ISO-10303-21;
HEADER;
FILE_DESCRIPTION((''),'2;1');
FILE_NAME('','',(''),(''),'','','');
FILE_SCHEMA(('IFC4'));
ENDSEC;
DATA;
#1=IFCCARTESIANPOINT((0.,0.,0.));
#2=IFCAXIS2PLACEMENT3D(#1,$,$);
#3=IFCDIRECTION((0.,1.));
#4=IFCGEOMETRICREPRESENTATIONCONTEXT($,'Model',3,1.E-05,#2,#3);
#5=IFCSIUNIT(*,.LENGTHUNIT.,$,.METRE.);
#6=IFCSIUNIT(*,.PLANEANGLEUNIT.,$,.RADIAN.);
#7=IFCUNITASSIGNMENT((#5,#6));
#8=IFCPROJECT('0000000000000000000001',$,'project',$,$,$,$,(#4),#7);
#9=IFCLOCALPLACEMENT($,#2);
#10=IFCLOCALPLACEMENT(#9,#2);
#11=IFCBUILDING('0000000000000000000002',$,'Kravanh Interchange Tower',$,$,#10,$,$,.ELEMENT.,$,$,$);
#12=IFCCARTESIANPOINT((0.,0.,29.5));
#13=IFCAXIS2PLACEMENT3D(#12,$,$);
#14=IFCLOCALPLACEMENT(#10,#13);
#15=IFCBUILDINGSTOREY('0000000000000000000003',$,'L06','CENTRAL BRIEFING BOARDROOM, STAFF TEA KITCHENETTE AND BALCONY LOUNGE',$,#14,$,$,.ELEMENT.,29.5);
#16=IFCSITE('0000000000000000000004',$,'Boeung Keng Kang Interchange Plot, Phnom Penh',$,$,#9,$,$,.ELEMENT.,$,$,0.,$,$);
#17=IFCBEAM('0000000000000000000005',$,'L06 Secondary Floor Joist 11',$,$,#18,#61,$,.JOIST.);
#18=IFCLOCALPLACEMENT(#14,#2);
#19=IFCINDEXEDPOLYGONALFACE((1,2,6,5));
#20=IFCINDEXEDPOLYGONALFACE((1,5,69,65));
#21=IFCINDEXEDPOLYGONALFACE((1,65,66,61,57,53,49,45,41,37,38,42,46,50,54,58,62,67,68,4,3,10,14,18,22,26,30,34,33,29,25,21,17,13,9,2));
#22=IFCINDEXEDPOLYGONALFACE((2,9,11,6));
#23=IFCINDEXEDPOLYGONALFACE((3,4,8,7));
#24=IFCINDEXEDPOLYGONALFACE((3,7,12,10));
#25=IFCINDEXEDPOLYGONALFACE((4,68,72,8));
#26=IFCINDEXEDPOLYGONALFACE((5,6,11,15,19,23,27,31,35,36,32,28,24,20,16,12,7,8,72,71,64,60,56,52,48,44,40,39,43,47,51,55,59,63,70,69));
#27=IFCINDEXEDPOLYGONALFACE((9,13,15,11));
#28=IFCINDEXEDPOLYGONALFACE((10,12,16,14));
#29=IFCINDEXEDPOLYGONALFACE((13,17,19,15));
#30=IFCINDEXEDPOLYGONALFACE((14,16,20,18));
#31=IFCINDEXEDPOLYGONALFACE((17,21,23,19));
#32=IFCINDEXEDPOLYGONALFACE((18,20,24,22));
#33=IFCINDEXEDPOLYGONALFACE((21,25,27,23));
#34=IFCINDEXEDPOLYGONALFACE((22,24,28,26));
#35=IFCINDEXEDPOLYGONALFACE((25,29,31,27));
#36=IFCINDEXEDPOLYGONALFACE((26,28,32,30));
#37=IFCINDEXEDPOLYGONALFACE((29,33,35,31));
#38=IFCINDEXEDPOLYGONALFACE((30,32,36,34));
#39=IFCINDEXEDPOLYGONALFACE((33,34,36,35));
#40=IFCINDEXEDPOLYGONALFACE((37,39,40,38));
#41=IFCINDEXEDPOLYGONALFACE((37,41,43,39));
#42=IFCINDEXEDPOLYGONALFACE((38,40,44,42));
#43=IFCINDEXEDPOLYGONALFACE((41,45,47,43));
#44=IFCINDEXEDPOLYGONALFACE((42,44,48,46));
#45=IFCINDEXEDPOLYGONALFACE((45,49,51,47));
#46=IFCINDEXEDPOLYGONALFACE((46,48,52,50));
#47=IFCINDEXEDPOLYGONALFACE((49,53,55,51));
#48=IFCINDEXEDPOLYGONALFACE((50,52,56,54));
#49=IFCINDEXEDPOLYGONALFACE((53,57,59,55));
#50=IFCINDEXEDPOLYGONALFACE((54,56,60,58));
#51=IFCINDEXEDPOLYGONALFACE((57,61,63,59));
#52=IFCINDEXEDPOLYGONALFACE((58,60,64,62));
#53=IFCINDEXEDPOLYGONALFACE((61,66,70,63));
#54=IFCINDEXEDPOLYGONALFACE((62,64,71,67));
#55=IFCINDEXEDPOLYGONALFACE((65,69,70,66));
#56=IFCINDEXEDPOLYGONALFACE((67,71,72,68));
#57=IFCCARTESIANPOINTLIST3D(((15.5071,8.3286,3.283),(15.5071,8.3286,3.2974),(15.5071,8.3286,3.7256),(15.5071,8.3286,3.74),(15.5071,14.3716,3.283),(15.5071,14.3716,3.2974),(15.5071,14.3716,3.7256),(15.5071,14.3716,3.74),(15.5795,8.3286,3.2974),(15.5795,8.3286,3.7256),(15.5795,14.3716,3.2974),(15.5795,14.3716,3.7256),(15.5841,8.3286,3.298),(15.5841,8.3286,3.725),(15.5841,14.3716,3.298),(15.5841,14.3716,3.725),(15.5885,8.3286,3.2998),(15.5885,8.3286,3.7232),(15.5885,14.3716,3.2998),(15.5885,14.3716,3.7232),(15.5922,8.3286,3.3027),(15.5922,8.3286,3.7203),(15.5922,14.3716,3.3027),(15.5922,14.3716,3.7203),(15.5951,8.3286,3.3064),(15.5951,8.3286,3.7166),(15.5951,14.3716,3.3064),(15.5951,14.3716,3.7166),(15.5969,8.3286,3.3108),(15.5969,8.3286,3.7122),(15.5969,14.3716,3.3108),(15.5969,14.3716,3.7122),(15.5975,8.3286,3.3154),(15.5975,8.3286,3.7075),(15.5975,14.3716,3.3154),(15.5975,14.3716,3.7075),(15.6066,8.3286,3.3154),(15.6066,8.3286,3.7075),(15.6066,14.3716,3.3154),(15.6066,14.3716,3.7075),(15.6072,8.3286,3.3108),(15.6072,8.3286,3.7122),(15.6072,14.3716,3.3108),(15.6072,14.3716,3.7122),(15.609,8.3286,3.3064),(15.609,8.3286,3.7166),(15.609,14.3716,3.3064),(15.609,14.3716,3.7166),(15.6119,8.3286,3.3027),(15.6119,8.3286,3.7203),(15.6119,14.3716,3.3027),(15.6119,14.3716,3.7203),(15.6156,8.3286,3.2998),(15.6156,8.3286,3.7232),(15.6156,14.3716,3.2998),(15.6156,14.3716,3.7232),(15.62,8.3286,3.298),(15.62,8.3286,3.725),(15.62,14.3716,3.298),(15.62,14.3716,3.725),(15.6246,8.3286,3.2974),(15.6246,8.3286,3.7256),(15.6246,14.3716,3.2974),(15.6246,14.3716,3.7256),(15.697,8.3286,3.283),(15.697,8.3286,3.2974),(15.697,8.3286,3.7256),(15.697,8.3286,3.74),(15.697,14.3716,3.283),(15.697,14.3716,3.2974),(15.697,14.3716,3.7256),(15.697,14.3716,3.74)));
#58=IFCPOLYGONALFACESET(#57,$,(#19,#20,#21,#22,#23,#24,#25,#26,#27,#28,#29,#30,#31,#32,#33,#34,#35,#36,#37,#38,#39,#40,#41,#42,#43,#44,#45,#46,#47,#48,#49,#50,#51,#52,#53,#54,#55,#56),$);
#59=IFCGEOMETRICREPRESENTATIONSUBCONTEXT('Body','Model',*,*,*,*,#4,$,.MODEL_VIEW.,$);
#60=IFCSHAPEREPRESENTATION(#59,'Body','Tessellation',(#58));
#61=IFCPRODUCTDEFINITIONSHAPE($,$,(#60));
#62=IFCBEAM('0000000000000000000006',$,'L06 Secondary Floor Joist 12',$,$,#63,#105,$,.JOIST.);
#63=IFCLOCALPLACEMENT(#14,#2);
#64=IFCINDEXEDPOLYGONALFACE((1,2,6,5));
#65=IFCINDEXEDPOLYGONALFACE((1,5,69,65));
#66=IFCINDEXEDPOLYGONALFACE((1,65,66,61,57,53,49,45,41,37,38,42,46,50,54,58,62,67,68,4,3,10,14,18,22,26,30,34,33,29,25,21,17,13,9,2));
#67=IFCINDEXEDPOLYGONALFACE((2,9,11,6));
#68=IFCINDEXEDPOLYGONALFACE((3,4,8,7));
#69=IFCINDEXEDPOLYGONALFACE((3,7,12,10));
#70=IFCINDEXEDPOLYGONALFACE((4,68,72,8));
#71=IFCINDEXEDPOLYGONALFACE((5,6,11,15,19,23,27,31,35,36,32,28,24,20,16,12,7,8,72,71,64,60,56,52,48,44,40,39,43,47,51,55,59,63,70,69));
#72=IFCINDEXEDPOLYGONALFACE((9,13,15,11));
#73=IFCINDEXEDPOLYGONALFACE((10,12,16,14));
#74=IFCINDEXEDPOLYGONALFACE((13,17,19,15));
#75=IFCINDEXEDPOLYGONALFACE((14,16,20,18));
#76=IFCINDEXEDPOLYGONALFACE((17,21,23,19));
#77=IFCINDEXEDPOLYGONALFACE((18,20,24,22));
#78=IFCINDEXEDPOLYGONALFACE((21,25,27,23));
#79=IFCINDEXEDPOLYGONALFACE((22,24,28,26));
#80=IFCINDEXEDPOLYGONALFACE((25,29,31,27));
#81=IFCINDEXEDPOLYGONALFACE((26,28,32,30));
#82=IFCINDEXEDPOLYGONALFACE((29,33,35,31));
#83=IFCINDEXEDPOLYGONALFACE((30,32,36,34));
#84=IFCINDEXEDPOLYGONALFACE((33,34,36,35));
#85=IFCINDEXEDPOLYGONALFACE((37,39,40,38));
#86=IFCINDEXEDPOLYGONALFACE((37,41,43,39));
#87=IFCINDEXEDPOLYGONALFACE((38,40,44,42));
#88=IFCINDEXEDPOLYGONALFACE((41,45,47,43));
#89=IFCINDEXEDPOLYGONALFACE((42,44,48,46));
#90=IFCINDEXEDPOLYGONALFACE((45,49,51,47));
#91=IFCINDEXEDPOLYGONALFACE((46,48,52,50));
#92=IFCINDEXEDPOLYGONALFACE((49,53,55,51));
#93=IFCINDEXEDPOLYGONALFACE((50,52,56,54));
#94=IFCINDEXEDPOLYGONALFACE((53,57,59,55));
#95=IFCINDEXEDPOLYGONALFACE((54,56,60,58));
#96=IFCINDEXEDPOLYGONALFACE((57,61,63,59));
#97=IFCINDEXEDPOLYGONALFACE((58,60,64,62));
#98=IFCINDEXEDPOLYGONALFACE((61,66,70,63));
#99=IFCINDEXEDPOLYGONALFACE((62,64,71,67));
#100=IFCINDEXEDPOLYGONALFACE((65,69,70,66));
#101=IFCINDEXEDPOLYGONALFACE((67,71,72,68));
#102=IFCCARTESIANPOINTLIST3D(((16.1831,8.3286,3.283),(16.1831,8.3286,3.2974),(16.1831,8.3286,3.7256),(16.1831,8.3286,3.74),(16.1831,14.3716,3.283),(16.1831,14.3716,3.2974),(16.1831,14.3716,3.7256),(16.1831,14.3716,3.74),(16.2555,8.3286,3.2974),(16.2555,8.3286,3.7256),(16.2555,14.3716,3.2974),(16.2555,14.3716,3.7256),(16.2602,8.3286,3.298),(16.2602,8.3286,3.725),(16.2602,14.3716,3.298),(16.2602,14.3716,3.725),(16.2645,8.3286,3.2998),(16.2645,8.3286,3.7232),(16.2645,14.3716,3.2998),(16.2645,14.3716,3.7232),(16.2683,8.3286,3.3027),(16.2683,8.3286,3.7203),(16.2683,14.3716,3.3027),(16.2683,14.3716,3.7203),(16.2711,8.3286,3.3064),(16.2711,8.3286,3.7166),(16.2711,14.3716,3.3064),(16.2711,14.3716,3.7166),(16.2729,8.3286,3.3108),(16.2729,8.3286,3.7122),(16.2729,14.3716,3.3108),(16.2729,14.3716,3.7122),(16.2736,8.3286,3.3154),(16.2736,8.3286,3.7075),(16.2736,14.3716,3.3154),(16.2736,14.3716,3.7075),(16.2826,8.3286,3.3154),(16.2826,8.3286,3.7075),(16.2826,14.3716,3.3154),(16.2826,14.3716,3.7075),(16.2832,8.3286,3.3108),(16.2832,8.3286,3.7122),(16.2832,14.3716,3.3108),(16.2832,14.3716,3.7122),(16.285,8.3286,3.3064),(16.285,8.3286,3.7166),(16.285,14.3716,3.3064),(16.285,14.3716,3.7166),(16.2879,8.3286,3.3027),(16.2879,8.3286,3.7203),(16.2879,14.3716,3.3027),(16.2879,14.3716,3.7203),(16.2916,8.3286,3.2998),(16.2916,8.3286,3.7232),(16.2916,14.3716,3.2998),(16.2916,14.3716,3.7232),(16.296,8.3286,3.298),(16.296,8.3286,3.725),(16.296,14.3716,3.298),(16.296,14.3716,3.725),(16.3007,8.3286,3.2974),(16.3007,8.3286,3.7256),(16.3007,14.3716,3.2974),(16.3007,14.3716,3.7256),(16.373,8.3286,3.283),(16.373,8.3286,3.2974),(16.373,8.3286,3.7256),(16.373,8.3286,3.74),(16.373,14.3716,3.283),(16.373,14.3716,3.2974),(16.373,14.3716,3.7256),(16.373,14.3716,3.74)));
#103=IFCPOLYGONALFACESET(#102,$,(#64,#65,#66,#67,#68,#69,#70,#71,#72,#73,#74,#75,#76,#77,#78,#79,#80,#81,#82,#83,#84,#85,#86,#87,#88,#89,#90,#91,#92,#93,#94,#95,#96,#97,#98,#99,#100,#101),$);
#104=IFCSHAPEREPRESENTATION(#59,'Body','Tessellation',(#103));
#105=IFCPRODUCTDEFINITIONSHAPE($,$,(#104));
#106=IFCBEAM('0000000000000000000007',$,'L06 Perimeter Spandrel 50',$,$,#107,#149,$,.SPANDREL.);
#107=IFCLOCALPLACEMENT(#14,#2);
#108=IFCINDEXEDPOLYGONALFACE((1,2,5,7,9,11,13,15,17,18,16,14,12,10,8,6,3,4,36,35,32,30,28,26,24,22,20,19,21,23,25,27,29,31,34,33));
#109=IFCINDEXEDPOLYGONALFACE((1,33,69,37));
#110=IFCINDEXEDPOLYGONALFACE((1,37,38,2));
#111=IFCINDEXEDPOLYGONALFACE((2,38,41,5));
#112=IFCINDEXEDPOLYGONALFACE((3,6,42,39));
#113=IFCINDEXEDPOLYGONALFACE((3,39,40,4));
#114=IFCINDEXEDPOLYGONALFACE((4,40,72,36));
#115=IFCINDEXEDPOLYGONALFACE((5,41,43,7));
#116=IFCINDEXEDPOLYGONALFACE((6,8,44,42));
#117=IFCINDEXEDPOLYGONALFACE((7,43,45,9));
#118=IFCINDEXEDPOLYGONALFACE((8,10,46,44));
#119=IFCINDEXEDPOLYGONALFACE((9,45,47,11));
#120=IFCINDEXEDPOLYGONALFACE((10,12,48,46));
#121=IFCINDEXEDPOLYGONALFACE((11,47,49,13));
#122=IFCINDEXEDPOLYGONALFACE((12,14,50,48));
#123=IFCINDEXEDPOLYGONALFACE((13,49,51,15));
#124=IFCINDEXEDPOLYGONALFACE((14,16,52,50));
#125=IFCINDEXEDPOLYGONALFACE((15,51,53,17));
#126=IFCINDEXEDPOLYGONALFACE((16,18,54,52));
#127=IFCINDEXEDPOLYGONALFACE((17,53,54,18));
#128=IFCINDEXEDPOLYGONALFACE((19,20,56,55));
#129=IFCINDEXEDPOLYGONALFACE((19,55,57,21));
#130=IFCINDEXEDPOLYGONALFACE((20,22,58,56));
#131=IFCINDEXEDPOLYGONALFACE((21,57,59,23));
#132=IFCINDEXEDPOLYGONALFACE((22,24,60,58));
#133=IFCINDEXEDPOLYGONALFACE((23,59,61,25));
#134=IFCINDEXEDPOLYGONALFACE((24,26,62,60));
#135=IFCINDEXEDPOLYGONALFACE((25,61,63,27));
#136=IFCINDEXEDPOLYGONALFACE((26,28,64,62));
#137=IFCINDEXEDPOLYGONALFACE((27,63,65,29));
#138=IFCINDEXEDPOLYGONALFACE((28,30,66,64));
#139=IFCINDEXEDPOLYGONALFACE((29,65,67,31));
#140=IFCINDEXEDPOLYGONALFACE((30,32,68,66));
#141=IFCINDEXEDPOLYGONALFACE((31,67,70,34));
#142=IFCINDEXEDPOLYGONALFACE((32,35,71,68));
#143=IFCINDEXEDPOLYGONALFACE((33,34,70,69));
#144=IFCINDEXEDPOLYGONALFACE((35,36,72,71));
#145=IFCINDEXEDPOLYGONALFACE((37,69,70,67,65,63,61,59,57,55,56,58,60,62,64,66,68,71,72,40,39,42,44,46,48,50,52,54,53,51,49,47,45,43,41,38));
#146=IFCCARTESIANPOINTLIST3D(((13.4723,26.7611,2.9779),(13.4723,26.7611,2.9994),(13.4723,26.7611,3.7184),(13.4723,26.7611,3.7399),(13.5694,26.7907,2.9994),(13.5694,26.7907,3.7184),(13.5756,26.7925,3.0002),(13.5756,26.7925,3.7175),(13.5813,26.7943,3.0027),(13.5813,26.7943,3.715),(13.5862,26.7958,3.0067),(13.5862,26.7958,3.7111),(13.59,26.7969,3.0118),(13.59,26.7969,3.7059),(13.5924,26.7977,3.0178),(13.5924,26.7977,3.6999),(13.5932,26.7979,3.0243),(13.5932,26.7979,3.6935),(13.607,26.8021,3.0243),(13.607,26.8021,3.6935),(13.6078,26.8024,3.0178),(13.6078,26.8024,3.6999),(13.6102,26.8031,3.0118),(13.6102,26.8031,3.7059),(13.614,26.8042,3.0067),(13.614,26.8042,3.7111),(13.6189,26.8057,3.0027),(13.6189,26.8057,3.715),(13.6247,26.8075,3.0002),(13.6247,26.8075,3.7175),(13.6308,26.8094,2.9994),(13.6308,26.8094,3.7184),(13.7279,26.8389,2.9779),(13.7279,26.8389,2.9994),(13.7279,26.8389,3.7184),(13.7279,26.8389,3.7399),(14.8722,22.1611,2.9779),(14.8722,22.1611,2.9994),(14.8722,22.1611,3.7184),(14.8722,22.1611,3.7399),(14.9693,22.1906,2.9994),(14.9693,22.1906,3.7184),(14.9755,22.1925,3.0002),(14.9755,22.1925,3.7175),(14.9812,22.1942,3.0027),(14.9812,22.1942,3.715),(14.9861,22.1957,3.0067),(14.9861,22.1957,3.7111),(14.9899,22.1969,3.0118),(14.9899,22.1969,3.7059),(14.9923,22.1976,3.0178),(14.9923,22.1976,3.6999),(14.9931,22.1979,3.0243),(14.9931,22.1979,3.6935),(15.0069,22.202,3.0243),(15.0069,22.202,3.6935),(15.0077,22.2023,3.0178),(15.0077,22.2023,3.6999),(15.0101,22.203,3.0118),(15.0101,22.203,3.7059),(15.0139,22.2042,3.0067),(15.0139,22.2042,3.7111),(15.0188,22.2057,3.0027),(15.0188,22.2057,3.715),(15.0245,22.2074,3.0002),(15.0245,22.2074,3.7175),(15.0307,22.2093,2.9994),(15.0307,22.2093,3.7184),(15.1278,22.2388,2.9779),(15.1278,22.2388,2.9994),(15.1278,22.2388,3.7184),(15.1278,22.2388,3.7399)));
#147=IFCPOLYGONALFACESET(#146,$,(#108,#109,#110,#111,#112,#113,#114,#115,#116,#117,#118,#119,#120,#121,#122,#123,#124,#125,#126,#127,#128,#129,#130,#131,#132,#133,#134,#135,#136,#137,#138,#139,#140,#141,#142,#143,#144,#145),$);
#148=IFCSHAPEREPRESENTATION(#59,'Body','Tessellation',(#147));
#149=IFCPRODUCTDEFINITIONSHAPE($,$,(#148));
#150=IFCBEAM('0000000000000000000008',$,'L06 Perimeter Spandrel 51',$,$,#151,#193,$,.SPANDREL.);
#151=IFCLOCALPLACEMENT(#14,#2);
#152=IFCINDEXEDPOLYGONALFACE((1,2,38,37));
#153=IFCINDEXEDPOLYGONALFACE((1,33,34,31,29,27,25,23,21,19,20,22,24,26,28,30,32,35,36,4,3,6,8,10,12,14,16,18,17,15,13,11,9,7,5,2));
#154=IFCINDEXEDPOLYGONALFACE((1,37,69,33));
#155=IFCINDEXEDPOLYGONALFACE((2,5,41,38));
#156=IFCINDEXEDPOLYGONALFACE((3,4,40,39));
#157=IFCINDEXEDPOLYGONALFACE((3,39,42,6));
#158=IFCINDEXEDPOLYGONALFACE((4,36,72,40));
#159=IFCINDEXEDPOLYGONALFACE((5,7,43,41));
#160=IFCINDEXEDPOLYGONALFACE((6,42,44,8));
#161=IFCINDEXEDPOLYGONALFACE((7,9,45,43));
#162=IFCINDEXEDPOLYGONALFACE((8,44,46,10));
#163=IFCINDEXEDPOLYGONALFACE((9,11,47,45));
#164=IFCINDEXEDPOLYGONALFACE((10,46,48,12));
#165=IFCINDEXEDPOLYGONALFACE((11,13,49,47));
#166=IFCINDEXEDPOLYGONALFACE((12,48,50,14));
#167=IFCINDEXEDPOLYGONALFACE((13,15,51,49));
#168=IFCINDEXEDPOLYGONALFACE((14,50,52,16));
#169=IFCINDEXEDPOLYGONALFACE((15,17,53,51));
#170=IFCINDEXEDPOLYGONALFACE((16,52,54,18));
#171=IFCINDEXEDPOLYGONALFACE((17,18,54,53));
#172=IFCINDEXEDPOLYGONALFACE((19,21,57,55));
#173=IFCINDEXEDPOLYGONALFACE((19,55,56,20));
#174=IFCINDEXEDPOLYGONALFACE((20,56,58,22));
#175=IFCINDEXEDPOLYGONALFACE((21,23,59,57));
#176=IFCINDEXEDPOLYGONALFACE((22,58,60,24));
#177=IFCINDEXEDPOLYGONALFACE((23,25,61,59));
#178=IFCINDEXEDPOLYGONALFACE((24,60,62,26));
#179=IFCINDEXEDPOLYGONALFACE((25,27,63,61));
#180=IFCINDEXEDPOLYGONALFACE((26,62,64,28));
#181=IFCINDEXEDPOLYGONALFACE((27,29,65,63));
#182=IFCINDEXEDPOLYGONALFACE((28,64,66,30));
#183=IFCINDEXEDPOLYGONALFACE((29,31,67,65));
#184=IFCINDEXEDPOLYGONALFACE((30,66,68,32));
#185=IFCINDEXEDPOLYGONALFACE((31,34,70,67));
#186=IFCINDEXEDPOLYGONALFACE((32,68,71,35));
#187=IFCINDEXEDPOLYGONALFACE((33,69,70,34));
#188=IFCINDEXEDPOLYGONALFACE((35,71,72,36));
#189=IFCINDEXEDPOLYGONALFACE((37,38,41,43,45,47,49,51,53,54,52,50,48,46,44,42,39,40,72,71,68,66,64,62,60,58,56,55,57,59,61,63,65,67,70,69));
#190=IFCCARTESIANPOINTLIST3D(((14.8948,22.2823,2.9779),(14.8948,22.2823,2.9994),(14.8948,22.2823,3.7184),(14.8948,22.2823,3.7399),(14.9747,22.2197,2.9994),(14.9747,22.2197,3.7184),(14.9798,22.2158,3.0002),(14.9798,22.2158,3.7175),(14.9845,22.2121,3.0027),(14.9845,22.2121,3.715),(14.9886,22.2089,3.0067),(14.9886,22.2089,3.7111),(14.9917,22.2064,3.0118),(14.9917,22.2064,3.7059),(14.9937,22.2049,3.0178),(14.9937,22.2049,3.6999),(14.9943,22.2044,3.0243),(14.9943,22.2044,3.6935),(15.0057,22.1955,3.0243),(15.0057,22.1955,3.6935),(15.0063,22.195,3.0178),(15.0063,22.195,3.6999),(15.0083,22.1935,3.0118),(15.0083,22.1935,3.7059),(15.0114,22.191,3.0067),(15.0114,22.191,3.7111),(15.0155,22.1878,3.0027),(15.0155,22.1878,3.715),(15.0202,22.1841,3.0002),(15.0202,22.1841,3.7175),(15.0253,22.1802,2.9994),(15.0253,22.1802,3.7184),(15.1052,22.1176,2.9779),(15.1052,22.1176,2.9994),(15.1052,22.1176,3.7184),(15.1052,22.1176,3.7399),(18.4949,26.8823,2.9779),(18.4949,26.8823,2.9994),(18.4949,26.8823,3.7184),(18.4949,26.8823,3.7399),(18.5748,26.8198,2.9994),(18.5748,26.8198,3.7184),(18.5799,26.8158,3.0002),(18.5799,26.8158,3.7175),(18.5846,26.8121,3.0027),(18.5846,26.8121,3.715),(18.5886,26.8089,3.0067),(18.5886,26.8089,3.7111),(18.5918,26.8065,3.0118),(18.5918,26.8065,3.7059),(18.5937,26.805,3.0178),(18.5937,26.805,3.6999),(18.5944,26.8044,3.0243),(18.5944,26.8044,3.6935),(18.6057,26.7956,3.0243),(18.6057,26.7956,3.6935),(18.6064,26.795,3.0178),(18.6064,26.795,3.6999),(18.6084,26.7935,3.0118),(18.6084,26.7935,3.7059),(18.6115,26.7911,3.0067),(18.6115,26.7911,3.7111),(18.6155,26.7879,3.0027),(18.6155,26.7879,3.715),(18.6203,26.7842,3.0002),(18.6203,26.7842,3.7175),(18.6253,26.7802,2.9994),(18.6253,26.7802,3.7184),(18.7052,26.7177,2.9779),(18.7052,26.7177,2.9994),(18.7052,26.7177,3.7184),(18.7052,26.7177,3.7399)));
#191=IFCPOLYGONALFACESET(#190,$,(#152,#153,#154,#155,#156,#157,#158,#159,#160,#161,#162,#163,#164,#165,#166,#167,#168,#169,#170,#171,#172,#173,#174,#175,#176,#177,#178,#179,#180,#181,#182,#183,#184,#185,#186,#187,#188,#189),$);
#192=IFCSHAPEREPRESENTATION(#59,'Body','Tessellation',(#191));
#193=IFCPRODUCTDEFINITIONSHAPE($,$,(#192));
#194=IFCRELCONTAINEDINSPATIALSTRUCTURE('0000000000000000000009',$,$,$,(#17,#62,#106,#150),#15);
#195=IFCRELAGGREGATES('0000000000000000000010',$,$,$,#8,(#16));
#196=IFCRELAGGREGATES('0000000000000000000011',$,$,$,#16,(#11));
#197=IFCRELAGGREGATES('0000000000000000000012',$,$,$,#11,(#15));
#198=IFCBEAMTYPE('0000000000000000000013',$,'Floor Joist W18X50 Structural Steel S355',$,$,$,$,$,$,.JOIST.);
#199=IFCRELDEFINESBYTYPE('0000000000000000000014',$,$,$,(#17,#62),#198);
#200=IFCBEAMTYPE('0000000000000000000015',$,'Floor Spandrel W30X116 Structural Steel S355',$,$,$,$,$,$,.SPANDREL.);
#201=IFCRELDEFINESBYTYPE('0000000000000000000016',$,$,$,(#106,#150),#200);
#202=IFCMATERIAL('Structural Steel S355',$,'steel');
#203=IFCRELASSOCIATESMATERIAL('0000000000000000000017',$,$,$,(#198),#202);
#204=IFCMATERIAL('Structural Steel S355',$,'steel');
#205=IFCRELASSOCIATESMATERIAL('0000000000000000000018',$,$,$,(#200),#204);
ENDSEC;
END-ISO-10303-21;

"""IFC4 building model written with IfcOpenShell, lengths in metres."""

from ifc_helpers import new_model, si_unit, direction, frame, origin, origin_2d, place, context, subcontext, project, spatial, i_section, extrude, material, material_profile, profile_set, type_object, element, save


model = new_model("IFC4")

# Units and contexts
model_context = context("Model", 3, precision=1e-05, world=origin(), true_north=direction((0.0, 1.0)))
body_context = subcontext(model_context, "Body", "Model", "MODEL_VIEW")
ifc_project = project(units=[si_unit("LENGTHUNIT", "METRE"), si_unit("PLANEANGLEUNIT", "RADIAN")], contexts=[model_context])

# Site, building, storey
site_placement = place(None, origin())
site = spatial("IfcSite", under=ifc_project, at=site_placement, Name="Boeung Keng Kang Interchange Plot, Phnom Penh", CompositionType="ELEMENT", RefElevation=0.0)
building_placement = place(site_placement, origin())
building = spatial("IfcBuilding", under=site, at=building_placement, Name="Kravanh Interchange Tower", CompositionType="ELEMENT")
storey_placement = place(building_placement, frame((0.0, 0.0, 29.5)))
storey = spatial("IfcBuildingStorey", under=building, at=storey_placement, Name="L06", Description="CENTRAL BRIEFING BOARDROOM, STAFF TEA KITCHENETTE AND BALCONY LOUNGE", CompositionType="ELEMENT", Elevation=29.5)

# Beams
ifc_material_1 = material(Name="Structural Steel S355", Category="steel")
ifc_material_profile_1 = material_profile(ifc_material_1, i_section(OverallWidth=0.1899, OverallDepth=0.457, WebThickness=0.009, FlangeThickness=0.0144, FilletRadius=0.0181, at=origin_2d()), Name="W18X50")
ifc_profile_set_1 = profile_set([ifc_material_profile_1], Name="Structural Steel S355")
beam_type_1 = type_object("IfcBeamType", Name="Floor Joist W18X50 Structural Steel S355", PredefinedType="JOIST", material=ifc_profile_set_1)
for number, where, z_axis, x_axis, name in (
    (1, (15.6021, 8.3286, 3.5115), (0.0, 1.0, 0.0), (-1.0, 0.0, 0.0), "L06 Secondary Floor Joist 11"),
    (2, (16.2781, 8.3286, 3.5115), (0.0, 1.0, 0.0), (-1.0, 0.0, 0.0), "L06 Secondary Floor Joist 12"),
):
    element("IfcBeam", number, at=place(storey_placement, frame(where, z_axis=z_axis, x_axis=x_axis)), inside=storey, type_object=beam_type_1, Name=name, PredefinedType="JOIST", context=body_context, shape_type="SweptSolid", body=[
        extrude(i_section(OverallWidth=0.1899, OverallDepth=0.457, WebThickness=0.009, FlangeThickness=0.0144, FilletRadius=0.0181, at=origin_2d()), origin(), (0.0, 0.0, 1.0), 6.043),
    ])
ifc_material_2 = material(Name="Structural Steel S355", Category="steel")
ifc_material_profile_2 = material_profile(ifc_material_2, i_section(OverallWidth=0.2671, OverallDepth=0.762, WebThickness=0.0144, FlangeThickness=0.0215, FilletRadius=0.0249, at=origin_2d()), Name="W30X116")
ifc_profile_set_2 = profile_set([ifc_material_profile_2], Name="Structural Steel S355")
beam_type_2 = type_object("IfcBeamType", Name="Floor Spandrel W30X116 Structural Steel S355", PredefinedType="SPANDREL", material=ifc_profile_set_2)
beam_1_placement = place(storey_placement, frame((15.0, 22.2, 3.3589), z_axis=(-0.291137, 0.956681, 0.0), x_axis=(-0.956681, -0.291137, 0.0)))
element("IfcBeam", 3, at=beam_1_placement, inside=storey, type_object=beam_type_2, Name="L06 Perimeter Spandrel 50", PredefinedType="SPANDREL", context=body_context, shape_type="SweptSolid", body=[
    extrude(i_section(OverallWidth=0.2671, OverallDepth=0.762, WebThickness=0.0144, FlangeThickness=0.0215, FilletRadius=0.0249, at=origin_2d()), origin(), (0.0, 0.0, 1.0), 4.8083),
])
beam_2_placement = place(storey_placement, frame((15.0, 22.2, 3.3589), z_axis=(0.616311, 0.787503, 0.0), x_axis=(-0.787503, 0.616311, 0.0)))
element("IfcBeam", 4, at=beam_2_placement, inside=storey, type_object=beam_type_2, Name="L06 Perimeter Spandrel 51", PredefinedType="SPANDREL", context=body_context, shape_type="SweptSolid", body=[
    extrude(i_section(OverallWidth=0.2671, OverallDepth=0.762, WebThickness=0.0144, FlangeThickness=0.0215, FilletRadius=0.0249, at=origin_2d()), origin(), (0.0, 0.0, 1.0), 5.8413),
])

save(model, "model.ifc")
